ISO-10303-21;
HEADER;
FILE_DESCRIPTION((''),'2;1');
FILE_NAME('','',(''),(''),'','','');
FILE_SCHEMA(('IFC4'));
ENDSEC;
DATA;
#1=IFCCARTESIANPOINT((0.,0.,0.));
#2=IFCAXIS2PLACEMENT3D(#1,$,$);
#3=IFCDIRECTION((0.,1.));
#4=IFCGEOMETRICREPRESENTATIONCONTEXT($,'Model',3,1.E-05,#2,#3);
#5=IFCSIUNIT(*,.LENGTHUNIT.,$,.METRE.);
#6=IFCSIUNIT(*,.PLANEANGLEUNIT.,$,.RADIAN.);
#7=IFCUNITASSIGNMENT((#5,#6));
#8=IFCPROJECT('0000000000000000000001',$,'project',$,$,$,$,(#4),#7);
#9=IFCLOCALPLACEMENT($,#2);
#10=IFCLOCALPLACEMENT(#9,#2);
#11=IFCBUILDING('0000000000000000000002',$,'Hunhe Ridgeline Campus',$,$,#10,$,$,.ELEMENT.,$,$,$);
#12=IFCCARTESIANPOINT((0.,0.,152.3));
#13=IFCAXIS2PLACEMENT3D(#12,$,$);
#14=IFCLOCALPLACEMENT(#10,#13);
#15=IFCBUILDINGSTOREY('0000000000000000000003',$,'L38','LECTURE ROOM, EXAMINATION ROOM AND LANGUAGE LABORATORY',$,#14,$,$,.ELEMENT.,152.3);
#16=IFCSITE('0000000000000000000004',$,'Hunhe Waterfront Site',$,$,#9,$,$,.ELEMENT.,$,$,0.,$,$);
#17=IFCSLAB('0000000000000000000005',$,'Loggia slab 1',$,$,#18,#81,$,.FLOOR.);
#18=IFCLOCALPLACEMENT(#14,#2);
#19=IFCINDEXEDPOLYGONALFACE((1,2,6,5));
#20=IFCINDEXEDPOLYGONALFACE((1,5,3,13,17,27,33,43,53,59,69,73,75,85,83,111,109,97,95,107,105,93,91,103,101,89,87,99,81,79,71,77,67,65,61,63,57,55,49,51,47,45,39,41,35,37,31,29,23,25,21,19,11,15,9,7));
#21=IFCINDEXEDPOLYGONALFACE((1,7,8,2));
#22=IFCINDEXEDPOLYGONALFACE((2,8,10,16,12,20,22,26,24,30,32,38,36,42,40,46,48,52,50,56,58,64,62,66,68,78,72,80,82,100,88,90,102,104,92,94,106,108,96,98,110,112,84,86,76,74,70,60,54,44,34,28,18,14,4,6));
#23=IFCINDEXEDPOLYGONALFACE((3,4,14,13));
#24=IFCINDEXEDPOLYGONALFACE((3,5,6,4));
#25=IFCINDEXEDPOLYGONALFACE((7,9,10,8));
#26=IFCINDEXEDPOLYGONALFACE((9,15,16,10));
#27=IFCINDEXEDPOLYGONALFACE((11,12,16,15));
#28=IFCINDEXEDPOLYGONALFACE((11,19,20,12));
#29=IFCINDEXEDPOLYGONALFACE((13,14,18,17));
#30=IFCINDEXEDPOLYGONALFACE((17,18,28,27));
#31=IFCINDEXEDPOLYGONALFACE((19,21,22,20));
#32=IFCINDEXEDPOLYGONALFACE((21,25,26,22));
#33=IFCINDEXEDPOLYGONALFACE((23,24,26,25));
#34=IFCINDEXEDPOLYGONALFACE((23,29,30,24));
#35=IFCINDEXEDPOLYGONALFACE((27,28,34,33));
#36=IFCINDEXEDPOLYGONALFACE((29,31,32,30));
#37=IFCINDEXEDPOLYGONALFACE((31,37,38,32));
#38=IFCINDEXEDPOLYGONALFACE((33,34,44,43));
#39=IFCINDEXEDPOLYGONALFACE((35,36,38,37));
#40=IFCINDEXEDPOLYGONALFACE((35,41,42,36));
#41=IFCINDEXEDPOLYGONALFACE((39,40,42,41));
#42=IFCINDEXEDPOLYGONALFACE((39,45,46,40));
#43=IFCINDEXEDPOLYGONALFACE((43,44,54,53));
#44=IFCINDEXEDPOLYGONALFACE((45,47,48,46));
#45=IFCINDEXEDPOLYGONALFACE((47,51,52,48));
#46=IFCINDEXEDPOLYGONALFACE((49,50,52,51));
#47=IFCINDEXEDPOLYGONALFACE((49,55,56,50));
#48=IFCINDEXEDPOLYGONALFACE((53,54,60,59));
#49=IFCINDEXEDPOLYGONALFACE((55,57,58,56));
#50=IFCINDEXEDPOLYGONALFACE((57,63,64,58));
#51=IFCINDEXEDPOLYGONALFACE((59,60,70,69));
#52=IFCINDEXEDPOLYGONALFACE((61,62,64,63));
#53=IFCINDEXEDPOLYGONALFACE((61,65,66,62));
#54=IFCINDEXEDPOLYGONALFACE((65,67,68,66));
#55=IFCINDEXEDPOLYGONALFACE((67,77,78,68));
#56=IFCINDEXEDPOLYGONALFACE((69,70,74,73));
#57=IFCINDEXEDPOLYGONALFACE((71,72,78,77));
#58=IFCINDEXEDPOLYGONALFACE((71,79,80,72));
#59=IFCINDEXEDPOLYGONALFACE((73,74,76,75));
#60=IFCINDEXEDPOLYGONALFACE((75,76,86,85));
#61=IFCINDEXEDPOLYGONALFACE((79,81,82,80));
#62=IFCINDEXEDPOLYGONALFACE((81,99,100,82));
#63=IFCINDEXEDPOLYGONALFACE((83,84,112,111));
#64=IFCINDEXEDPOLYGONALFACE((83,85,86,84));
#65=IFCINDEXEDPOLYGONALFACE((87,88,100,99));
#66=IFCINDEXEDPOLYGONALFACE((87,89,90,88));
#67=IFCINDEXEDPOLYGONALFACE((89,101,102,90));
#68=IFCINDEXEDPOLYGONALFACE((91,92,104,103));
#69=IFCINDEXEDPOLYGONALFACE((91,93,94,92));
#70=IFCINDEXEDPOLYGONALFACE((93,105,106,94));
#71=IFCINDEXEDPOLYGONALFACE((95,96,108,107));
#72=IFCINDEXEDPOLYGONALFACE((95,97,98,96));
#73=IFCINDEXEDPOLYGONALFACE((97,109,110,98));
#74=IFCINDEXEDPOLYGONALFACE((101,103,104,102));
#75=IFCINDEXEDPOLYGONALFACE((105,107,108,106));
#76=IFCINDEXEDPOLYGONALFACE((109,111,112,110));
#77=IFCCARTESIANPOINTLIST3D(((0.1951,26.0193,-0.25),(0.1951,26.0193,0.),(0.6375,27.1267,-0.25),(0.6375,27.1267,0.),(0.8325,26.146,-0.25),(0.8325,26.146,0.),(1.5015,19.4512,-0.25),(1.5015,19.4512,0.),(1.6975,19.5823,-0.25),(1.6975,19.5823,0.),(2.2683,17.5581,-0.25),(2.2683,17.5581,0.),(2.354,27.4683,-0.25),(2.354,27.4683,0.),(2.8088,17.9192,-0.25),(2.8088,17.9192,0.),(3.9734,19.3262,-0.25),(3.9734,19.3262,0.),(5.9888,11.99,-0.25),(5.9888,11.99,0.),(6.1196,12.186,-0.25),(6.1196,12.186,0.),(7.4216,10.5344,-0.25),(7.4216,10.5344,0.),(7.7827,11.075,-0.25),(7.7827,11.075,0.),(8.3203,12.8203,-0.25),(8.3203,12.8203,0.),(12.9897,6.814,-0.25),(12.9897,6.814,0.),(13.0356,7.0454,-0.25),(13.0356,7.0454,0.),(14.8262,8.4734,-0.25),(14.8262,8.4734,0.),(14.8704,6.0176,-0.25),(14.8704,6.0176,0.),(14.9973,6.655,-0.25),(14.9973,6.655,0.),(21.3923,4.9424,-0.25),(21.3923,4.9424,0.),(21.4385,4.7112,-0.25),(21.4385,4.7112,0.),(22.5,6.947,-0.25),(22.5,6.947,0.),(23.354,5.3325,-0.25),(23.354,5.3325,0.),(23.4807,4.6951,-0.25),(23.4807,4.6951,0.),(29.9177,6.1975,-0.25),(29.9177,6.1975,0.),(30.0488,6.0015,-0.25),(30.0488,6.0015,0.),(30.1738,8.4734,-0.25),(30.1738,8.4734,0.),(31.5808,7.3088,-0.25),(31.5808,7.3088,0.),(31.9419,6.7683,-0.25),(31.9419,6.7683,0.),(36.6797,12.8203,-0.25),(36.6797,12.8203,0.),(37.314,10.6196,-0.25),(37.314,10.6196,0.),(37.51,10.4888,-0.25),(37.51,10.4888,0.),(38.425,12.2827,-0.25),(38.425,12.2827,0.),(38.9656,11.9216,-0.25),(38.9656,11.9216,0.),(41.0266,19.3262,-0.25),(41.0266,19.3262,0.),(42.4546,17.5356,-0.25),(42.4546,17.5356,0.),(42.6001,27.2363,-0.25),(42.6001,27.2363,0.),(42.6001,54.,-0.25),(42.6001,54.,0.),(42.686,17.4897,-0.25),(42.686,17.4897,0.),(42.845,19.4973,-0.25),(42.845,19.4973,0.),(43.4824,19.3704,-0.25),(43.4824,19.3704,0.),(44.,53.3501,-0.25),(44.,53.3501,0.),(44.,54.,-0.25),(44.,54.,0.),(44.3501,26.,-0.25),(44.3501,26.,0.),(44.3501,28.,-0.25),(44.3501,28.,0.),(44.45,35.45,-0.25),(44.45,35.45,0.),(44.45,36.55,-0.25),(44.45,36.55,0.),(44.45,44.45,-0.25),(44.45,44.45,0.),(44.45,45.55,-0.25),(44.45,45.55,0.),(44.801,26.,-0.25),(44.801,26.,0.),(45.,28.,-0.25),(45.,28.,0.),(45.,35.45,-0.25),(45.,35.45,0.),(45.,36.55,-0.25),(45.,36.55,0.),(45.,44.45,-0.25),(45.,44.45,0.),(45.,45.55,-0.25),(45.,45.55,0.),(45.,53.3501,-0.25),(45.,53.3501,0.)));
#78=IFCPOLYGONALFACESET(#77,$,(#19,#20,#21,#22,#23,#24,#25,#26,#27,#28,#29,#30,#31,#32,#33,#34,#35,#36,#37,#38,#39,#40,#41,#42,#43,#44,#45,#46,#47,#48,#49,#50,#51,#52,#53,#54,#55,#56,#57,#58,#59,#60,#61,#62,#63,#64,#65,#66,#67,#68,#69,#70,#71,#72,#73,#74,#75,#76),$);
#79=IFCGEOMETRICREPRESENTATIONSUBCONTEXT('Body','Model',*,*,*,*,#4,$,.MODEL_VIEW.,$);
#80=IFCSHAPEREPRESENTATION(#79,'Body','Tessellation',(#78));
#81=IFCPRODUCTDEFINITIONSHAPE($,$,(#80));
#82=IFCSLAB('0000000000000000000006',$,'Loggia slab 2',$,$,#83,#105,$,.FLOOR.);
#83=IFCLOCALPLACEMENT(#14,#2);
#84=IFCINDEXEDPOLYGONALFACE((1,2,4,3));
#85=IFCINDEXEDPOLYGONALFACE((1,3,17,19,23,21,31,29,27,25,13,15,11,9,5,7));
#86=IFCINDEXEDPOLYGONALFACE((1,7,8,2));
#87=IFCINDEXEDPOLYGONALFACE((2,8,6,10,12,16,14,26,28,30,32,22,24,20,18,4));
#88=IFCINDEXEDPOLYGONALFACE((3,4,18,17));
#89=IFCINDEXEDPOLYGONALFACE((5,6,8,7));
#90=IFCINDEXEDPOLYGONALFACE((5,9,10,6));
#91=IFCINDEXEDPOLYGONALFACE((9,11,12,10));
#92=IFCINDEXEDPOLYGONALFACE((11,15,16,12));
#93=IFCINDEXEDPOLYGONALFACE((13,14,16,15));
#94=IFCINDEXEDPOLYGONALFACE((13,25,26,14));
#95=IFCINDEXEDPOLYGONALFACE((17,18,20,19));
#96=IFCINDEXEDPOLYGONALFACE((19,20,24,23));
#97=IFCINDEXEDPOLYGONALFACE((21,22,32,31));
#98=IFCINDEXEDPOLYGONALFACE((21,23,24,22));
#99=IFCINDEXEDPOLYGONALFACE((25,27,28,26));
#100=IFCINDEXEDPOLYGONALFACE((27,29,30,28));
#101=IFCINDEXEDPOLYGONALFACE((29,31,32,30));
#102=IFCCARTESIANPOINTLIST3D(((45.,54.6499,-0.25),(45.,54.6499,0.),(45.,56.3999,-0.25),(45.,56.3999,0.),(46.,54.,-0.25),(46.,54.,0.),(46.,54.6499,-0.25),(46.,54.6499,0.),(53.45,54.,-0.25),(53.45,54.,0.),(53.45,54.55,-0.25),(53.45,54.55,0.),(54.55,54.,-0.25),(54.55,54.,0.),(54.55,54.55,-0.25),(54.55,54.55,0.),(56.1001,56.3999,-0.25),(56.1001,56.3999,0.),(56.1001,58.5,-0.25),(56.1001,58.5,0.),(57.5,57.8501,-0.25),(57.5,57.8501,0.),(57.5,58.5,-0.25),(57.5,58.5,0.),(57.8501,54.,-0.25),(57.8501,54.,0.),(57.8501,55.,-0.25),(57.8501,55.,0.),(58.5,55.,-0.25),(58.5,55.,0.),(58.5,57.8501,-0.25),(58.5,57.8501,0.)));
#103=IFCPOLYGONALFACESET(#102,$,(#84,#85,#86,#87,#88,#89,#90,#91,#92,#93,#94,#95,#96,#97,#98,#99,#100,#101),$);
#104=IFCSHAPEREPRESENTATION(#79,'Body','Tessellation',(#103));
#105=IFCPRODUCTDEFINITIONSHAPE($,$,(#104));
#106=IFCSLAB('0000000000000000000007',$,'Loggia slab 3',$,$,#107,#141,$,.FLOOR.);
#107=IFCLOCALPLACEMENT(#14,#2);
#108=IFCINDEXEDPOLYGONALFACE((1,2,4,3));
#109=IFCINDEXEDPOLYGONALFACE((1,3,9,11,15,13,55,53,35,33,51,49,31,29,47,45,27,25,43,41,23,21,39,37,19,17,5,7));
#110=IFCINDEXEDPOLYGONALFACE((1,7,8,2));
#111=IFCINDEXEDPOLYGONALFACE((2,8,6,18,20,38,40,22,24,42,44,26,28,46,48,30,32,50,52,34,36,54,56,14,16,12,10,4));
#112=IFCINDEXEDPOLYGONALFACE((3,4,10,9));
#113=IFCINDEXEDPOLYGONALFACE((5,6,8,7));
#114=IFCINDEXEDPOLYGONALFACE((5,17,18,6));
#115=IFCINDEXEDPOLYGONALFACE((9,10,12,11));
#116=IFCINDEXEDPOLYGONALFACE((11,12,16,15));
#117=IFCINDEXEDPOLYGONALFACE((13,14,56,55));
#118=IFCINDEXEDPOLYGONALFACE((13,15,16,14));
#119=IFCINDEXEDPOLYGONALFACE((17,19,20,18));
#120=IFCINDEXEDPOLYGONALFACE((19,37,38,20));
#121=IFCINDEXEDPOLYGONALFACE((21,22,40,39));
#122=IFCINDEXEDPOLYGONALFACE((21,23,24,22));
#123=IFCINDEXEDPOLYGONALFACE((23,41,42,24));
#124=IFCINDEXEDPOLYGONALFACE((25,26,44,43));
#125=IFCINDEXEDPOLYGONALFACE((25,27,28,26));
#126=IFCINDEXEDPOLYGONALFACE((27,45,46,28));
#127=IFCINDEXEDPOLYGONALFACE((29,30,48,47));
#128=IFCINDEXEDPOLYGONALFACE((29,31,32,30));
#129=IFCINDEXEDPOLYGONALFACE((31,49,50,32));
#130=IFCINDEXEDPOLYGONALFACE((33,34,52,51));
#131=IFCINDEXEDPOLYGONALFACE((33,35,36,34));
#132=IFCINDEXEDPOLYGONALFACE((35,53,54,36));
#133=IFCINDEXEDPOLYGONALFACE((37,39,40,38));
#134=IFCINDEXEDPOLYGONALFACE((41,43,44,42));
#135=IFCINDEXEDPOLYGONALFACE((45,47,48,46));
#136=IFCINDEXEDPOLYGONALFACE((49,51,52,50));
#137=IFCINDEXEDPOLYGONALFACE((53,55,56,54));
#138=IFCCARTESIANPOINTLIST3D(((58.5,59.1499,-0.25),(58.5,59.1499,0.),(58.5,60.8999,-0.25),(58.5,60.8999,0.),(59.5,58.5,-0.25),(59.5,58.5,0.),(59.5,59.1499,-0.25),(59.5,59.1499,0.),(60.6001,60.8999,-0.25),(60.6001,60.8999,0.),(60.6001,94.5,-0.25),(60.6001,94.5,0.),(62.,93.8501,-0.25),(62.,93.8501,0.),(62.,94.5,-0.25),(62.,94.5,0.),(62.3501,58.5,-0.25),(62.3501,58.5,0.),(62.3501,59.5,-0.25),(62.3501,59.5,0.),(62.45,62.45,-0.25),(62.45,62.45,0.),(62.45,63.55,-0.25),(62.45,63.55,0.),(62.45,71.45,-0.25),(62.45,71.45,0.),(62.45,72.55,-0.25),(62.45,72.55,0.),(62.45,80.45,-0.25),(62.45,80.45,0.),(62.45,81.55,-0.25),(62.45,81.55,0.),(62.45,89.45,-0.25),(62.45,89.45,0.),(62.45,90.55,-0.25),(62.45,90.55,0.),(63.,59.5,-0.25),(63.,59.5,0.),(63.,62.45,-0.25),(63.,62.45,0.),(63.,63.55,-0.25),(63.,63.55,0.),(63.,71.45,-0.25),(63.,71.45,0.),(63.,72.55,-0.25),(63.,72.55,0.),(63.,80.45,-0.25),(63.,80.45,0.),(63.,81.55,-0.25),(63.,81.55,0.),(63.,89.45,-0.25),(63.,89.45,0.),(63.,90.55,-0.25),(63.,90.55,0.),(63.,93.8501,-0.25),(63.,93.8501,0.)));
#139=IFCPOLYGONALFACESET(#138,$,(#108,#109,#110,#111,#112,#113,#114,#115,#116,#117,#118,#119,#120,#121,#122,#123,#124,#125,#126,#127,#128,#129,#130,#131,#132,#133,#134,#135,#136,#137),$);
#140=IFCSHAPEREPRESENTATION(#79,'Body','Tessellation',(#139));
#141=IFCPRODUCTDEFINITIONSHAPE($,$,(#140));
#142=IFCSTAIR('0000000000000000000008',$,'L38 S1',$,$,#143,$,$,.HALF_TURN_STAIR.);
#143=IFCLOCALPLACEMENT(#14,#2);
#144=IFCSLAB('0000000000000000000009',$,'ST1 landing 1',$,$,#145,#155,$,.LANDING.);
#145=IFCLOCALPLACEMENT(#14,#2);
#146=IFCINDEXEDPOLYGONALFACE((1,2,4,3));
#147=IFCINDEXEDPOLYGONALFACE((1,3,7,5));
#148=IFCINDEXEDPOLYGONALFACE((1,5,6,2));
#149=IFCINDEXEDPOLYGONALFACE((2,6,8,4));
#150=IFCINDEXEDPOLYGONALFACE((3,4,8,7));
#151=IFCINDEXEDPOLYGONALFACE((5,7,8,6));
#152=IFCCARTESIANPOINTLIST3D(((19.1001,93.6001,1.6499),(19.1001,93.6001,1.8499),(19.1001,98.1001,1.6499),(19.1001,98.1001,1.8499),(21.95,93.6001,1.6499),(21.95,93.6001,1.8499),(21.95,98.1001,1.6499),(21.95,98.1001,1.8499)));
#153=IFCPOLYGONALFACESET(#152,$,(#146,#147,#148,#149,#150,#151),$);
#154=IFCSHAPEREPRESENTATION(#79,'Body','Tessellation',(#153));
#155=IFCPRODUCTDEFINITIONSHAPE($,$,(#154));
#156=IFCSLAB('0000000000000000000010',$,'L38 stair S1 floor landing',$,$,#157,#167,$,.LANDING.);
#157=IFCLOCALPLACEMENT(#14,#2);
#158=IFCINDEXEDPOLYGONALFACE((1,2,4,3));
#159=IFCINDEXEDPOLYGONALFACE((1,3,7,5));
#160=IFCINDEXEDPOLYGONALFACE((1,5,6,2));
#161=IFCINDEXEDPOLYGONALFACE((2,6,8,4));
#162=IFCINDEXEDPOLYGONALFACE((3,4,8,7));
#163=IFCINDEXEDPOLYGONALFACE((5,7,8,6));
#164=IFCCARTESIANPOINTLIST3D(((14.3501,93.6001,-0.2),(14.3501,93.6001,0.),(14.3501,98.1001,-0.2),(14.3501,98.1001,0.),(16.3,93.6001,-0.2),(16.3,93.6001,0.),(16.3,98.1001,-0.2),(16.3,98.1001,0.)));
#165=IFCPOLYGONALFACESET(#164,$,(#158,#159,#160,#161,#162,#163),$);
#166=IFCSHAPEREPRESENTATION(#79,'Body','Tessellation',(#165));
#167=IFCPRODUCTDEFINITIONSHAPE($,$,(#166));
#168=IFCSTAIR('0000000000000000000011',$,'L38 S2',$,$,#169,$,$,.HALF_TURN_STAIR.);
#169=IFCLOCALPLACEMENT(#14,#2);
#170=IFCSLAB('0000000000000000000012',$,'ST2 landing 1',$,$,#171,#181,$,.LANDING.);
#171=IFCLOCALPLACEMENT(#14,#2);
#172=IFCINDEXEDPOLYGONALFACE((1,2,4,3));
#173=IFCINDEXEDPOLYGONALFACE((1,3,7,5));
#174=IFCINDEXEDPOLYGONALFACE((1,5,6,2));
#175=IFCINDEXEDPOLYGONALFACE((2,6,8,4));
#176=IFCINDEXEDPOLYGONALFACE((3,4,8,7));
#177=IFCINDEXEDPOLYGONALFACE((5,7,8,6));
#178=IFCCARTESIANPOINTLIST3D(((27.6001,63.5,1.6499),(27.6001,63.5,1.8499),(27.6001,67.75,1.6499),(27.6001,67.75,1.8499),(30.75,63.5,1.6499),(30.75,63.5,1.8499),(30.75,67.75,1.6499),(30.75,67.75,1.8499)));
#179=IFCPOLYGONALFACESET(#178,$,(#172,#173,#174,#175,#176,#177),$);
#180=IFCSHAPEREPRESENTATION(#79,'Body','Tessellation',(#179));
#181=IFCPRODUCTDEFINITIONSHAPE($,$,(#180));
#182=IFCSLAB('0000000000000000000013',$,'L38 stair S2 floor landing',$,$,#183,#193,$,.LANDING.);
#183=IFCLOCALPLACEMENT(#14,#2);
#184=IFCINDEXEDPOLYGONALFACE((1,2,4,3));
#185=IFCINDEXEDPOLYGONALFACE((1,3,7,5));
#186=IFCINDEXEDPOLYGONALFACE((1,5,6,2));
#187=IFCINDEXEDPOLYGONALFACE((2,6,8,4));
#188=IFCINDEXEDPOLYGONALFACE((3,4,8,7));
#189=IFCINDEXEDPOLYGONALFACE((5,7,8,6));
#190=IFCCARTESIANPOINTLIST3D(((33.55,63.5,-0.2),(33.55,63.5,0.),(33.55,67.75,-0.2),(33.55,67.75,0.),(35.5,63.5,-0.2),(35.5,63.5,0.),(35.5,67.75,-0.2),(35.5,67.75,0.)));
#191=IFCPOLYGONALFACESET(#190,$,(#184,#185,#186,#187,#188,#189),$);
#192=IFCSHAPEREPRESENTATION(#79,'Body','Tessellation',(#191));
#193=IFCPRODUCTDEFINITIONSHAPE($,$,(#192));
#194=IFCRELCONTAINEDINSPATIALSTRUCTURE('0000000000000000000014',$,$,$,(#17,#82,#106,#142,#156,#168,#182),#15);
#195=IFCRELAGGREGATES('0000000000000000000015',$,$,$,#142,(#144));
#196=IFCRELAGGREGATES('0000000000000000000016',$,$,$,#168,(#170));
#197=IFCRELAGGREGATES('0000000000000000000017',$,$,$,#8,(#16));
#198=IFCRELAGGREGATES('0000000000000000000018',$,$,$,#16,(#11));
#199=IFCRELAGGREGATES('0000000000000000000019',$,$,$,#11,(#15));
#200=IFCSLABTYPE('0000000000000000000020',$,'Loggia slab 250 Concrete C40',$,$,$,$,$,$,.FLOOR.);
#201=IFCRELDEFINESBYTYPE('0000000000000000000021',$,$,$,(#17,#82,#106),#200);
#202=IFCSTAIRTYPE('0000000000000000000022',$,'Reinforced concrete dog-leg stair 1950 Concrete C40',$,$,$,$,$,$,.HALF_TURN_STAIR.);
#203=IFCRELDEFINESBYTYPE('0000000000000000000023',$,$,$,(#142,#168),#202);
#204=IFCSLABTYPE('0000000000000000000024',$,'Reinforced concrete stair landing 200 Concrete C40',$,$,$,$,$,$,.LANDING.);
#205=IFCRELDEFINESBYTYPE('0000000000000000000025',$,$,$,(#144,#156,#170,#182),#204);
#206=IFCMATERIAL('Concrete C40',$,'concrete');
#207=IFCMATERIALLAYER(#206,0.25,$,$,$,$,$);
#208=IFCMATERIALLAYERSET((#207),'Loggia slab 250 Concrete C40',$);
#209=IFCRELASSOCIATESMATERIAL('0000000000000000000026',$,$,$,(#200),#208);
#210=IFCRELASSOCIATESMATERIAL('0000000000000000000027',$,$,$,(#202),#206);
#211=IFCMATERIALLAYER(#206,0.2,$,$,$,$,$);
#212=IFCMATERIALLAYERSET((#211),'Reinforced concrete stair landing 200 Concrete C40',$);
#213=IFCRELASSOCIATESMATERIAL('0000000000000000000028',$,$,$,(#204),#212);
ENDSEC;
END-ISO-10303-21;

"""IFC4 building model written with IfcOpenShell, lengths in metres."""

from ifc_helpers import new_model, si_unit, direction, frame, origin, place, context, subcontext, project, spatial, polyline, outline, extrude, material, layer, layer_set, type_object, element, aggregate, save


model = new_model("IFC4")

# Units and contexts
model_context = context("Model", 3, precision=1e-05, world=origin(), true_north=direction((0.0, 1.0)))
body_context = subcontext(model_context, "Body", "Model", "MODEL_VIEW")
ifc_project = project(units=[si_unit("LENGTHUNIT", "METRE"), si_unit("PLANEANGLEUNIT", "RADIAN")], contexts=[model_context])

# Site, building, storey
site_placement = place(None, origin())
site = spatial("IfcSite", under=ifc_project, at=site_placement, Name="Hunhe Waterfront Site", CompositionType="ELEMENT", RefElevation=0.0)
building_placement = place(site_placement, origin())
building = spatial("IfcBuilding", under=site, at=building_placement, Name="Hunhe Ridgeline Campus", CompositionType="ELEMENT")
storey_placement = place(building_placement, frame((0.0, 0.0, 152.3)))
storey = spatial("IfcBuildingStorey", under=building, at=storey_placement, Name="L38", Description="LECTURE ROOM, EXAMINATION ROOM AND LANGUAGE LABORATORY", CompositionType="ELEMENT", Elevation=152.3)

# Slabs
ifc_material_1 = material(Name="Concrete C40", Category="concrete")
ifc_layer_1 = layer(ifc_material_1, 0.25)
ifc_layer_set_1 = layer_set([ifc_layer_1], Name="Loggia slab 250 Concrete C40")
slab_type_1 = type_object("IfcSlabType", Name="Loggia slab 250 Concrete C40", PredefinedType="FLOOR", material=ifc_layer_set_1)
slab_1_placement = place(storey_placement, frame((0.0, 0.0, -0.25)))
element("IfcSlab", 1, at=slab_1_placement, inside=storey, type_object=slab_type_1, Name="Loggia slab 1", PredefinedType="FLOOR", context=body_context, shape_type="SweptSolid", body=[
    extrude(outline(polyline([(30.1738, 8.4734), (22.5, 6.947), (14.8262, 8.4734), (8.3203, 12.8203), (3.9734, 19.3262), (2.354, 27.4683), (0.6375, 27.1267), (0.8325, 26.146), (0.1951, 26.0193), (1.5015, 19.4512), (1.6975, 19.5823), (2.8088, 17.9192), (2.2683, 17.5581), (5.9888, 11.99), (6.1196, 12.186), (7.7827, 11.075), (7.4216, 10.5344), (12.9897, 6.814), (13.0356, 7.0454), (14.9973, 6.655), (14.8704, 6.0176), (21.4385, 4.7112), (21.3923, 4.9424), (23.354, 5.3325), (23.4807, 4.6951), (30.0488, 6.0015), (29.9177, 6.1975), (31.5808, 7.3088), (31.9419, 6.7683), (37.51, 10.4888), (37.314, 10.6196), (38.425, 12.2827), (38.9656, 11.9216), (42.686, 17.4897), (42.4546, 17.5356), (42.845, 19.4973), (43.4824, 19.3704), (44.801, 26.0), (44.3501, 26.0), (44.3501, 28.0), (45.0, 28.0), (45.0, 35.45), (44.45, 35.45), (44.45, 36.55), (45.0, 36.55), (45.0, 44.45), (44.45, 44.45), (44.45, 45.55), (45.0, 45.55), (45.0, 53.3501), (44.0, 53.3501), (44.0, 54.0), (42.6001, 54.0), (42.6001, 27.2363), (41.0266, 19.3262), (36.6797, 12.8203), (30.1738, 8.4734)])), origin(), (0.0, 0.0, 1.0), 0.25),
])
slab_2_placement = place(storey_placement, frame((0.0, 0.0, -0.25)))
element("IfcSlab", 2, at=slab_2_placement, inside=storey, type_object=slab_type_1, Name="Loggia slab 2", PredefinedType="FLOOR", context=body_context, shape_type="SweptSolid", body=[
    extrude(outline(polyline([(45.0, 54.6499), (46.0, 54.6499), (46.0, 54.0), (53.45, 54.0), (53.45, 54.55), (54.55, 54.55), (54.55, 54.0), (57.8501, 54.0), (57.8501, 55.0), (58.5, 55.0), (58.5, 57.8501), (57.5, 57.8501), (57.5, 58.5), (56.1001, 58.5), (56.1001, 56.3999), (45.0, 56.3999), (45.0, 54.6499)])), origin(), (0.0, 0.0, 1.0), 0.25),
])
slab_3_placement = place(storey_placement, frame((0.0, 0.0, -0.25)))
element("IfcSlab", 3, at=slab_3_placement, inside=storey, type_object=slab_type_1, Name="Loggia slab 3", PredefinedType="FLOOR", context=body_context, shape_type="SweptSolid", body=[
    extrude(outline(polyline([(58.5, 59.1499), (59.5, 59.1499), (59.5, 58.5), (62.3501, 58.5), (62.3501, 59.5), (63.0, 59.5), (63.0, 62.45), (62.45, 62.45), (62.45, 63.55), (63.0, 63.55), (63.0, 71.45), (62.45, 71.45), (62.45, 72.55), (63.0, 72.55), (63.0, 80.45), (62.45, 80.45), (62.45, 81.55), (63.0, 81.55), (63.0, 89.45), (62.45, 89.45), (62.45, 90.55), (63.0, 90.55), (63.0, 93.8501), (62.0, 93.8501), (62.0, 94.5), (60.6001, 94.5), (60.6001, 60.8999), (58.5, 60.8999), (58.5, 59.1499)])), origin(), (0.0, 0.0, 1.0), 0.25),
])

# Stair, slab
stair_type = type_object("IfcStairType", Name="Reinforced concrete dog-leg stair 1950 Concrete C40", PredefinedType="HALF_TURN_STAIR", material=ifc_material_1)
stair_1_placement = place(storey_placement, origin())
stair_1 = element("IfcStair", 4, at=stair_1_placement, inside=storey, type_object=stair_type, Name="L38 S1", PredefinedType="HALF_TURN_STAIR")
ifc_layer_2 = layer(ifc_material_1, 0.2)
ifc_layer_set_2 = layer_set([ifc_layer_2], Name="Reinforced concrete stair landing 200 Concrete C40")
slab_type_2 = type_object("IfcSlabType", Name="Reinforced concrete stair landing 200 Concrete C40", PredefinedType="LANDING", material=ifc_layer_set_2)
slab_4_placement = place(storey_placement, frame((0.0, 0.0, 1.6499)))
slab_4 = element("IfcSlab", 5, at=slab_4_placement, type_object=slab_type_2, Name="ST1 landing 1", PredefinedType="LANDING", context=body_context, shape_type="SweptSolid", body=[
    extrude(outline(polyline([(19.1001, 93.6001), (21.95, 93.6001), (21.95, 98.1001), (19.1001, 98.1001), (19.1001, 93.6001)])), origin(), (0.0, 0.0, 1.0), 0.2),
])
aggregate(stair_1, [slab_4])

# Slab
slab_5_placement = place(storey_placement, frame((0.0, 0.0, -0.2)))
element("IfcSlab", 6, at=slab_5_placement, inside=storey, type_object=slab_type_2, Name="L38 stair S1 floor landing", PredefinedType="LANDING", context=body_context, shape_type="SweptSolid", body=[
    extrude(outline(polyline([(14.3501, 93.6001), (16.3, 93.6001), (16.3, 98.1001), (14.3501, 98.1001), (14.3501, 93.6001)])), origin(), (0.0, 0.0, 1.0), 0.2),
])

# Stair, slab
stair_2_placement = place(storey_placement, origin())
stair_2 = element("IfcStair", 7, at=stair_2_placement, inside=storey, type_object=stair_type, Name="L38 S2", PredefinedType="HALF_TURN_STAIR")
slab_6_placement = place(storey_placement, frame((0.0, 0.0, 1.6499)))
slab_6 = element("IfcSlab", 8, at=slab_6_placement, type_object=slab_type_2, Name="ST2 landing 1", PredefinedType="LANDING", context=body_context, shape_type="SweptSolid", body=[
    extrude(outline(polyline([(30.75, 67.75), (27.6001, 67.75), (27.6001, 63.5), (30.75, 63.5), (30.75, 67.75)])), origin(), (0.0, 0.0, 1.0), 0.2),
])
aggregate(stair_2, [slab_6])

# Slab
slab_7_placement = place(storey_placement, frame((0.0, 0.0, -0.2)))
element("IfcSlab", 9, at=slab_7_placement, inside=storey, type_object=slab_type_2, Name="L38 stair S2 floor landing", PredefinedType="LANDING", context=body_context, shape_type="SweptSolid", body=[
    extrude(outline(polyline([(35.5, 67.75), (33.55, 67.75), (33.55, 63.5), (35.5, 63.5), (35.5, 67.75)])), origin(), (0.0, 0.0, 1.0), 0.2),
])

save(model, "model.ifc")
